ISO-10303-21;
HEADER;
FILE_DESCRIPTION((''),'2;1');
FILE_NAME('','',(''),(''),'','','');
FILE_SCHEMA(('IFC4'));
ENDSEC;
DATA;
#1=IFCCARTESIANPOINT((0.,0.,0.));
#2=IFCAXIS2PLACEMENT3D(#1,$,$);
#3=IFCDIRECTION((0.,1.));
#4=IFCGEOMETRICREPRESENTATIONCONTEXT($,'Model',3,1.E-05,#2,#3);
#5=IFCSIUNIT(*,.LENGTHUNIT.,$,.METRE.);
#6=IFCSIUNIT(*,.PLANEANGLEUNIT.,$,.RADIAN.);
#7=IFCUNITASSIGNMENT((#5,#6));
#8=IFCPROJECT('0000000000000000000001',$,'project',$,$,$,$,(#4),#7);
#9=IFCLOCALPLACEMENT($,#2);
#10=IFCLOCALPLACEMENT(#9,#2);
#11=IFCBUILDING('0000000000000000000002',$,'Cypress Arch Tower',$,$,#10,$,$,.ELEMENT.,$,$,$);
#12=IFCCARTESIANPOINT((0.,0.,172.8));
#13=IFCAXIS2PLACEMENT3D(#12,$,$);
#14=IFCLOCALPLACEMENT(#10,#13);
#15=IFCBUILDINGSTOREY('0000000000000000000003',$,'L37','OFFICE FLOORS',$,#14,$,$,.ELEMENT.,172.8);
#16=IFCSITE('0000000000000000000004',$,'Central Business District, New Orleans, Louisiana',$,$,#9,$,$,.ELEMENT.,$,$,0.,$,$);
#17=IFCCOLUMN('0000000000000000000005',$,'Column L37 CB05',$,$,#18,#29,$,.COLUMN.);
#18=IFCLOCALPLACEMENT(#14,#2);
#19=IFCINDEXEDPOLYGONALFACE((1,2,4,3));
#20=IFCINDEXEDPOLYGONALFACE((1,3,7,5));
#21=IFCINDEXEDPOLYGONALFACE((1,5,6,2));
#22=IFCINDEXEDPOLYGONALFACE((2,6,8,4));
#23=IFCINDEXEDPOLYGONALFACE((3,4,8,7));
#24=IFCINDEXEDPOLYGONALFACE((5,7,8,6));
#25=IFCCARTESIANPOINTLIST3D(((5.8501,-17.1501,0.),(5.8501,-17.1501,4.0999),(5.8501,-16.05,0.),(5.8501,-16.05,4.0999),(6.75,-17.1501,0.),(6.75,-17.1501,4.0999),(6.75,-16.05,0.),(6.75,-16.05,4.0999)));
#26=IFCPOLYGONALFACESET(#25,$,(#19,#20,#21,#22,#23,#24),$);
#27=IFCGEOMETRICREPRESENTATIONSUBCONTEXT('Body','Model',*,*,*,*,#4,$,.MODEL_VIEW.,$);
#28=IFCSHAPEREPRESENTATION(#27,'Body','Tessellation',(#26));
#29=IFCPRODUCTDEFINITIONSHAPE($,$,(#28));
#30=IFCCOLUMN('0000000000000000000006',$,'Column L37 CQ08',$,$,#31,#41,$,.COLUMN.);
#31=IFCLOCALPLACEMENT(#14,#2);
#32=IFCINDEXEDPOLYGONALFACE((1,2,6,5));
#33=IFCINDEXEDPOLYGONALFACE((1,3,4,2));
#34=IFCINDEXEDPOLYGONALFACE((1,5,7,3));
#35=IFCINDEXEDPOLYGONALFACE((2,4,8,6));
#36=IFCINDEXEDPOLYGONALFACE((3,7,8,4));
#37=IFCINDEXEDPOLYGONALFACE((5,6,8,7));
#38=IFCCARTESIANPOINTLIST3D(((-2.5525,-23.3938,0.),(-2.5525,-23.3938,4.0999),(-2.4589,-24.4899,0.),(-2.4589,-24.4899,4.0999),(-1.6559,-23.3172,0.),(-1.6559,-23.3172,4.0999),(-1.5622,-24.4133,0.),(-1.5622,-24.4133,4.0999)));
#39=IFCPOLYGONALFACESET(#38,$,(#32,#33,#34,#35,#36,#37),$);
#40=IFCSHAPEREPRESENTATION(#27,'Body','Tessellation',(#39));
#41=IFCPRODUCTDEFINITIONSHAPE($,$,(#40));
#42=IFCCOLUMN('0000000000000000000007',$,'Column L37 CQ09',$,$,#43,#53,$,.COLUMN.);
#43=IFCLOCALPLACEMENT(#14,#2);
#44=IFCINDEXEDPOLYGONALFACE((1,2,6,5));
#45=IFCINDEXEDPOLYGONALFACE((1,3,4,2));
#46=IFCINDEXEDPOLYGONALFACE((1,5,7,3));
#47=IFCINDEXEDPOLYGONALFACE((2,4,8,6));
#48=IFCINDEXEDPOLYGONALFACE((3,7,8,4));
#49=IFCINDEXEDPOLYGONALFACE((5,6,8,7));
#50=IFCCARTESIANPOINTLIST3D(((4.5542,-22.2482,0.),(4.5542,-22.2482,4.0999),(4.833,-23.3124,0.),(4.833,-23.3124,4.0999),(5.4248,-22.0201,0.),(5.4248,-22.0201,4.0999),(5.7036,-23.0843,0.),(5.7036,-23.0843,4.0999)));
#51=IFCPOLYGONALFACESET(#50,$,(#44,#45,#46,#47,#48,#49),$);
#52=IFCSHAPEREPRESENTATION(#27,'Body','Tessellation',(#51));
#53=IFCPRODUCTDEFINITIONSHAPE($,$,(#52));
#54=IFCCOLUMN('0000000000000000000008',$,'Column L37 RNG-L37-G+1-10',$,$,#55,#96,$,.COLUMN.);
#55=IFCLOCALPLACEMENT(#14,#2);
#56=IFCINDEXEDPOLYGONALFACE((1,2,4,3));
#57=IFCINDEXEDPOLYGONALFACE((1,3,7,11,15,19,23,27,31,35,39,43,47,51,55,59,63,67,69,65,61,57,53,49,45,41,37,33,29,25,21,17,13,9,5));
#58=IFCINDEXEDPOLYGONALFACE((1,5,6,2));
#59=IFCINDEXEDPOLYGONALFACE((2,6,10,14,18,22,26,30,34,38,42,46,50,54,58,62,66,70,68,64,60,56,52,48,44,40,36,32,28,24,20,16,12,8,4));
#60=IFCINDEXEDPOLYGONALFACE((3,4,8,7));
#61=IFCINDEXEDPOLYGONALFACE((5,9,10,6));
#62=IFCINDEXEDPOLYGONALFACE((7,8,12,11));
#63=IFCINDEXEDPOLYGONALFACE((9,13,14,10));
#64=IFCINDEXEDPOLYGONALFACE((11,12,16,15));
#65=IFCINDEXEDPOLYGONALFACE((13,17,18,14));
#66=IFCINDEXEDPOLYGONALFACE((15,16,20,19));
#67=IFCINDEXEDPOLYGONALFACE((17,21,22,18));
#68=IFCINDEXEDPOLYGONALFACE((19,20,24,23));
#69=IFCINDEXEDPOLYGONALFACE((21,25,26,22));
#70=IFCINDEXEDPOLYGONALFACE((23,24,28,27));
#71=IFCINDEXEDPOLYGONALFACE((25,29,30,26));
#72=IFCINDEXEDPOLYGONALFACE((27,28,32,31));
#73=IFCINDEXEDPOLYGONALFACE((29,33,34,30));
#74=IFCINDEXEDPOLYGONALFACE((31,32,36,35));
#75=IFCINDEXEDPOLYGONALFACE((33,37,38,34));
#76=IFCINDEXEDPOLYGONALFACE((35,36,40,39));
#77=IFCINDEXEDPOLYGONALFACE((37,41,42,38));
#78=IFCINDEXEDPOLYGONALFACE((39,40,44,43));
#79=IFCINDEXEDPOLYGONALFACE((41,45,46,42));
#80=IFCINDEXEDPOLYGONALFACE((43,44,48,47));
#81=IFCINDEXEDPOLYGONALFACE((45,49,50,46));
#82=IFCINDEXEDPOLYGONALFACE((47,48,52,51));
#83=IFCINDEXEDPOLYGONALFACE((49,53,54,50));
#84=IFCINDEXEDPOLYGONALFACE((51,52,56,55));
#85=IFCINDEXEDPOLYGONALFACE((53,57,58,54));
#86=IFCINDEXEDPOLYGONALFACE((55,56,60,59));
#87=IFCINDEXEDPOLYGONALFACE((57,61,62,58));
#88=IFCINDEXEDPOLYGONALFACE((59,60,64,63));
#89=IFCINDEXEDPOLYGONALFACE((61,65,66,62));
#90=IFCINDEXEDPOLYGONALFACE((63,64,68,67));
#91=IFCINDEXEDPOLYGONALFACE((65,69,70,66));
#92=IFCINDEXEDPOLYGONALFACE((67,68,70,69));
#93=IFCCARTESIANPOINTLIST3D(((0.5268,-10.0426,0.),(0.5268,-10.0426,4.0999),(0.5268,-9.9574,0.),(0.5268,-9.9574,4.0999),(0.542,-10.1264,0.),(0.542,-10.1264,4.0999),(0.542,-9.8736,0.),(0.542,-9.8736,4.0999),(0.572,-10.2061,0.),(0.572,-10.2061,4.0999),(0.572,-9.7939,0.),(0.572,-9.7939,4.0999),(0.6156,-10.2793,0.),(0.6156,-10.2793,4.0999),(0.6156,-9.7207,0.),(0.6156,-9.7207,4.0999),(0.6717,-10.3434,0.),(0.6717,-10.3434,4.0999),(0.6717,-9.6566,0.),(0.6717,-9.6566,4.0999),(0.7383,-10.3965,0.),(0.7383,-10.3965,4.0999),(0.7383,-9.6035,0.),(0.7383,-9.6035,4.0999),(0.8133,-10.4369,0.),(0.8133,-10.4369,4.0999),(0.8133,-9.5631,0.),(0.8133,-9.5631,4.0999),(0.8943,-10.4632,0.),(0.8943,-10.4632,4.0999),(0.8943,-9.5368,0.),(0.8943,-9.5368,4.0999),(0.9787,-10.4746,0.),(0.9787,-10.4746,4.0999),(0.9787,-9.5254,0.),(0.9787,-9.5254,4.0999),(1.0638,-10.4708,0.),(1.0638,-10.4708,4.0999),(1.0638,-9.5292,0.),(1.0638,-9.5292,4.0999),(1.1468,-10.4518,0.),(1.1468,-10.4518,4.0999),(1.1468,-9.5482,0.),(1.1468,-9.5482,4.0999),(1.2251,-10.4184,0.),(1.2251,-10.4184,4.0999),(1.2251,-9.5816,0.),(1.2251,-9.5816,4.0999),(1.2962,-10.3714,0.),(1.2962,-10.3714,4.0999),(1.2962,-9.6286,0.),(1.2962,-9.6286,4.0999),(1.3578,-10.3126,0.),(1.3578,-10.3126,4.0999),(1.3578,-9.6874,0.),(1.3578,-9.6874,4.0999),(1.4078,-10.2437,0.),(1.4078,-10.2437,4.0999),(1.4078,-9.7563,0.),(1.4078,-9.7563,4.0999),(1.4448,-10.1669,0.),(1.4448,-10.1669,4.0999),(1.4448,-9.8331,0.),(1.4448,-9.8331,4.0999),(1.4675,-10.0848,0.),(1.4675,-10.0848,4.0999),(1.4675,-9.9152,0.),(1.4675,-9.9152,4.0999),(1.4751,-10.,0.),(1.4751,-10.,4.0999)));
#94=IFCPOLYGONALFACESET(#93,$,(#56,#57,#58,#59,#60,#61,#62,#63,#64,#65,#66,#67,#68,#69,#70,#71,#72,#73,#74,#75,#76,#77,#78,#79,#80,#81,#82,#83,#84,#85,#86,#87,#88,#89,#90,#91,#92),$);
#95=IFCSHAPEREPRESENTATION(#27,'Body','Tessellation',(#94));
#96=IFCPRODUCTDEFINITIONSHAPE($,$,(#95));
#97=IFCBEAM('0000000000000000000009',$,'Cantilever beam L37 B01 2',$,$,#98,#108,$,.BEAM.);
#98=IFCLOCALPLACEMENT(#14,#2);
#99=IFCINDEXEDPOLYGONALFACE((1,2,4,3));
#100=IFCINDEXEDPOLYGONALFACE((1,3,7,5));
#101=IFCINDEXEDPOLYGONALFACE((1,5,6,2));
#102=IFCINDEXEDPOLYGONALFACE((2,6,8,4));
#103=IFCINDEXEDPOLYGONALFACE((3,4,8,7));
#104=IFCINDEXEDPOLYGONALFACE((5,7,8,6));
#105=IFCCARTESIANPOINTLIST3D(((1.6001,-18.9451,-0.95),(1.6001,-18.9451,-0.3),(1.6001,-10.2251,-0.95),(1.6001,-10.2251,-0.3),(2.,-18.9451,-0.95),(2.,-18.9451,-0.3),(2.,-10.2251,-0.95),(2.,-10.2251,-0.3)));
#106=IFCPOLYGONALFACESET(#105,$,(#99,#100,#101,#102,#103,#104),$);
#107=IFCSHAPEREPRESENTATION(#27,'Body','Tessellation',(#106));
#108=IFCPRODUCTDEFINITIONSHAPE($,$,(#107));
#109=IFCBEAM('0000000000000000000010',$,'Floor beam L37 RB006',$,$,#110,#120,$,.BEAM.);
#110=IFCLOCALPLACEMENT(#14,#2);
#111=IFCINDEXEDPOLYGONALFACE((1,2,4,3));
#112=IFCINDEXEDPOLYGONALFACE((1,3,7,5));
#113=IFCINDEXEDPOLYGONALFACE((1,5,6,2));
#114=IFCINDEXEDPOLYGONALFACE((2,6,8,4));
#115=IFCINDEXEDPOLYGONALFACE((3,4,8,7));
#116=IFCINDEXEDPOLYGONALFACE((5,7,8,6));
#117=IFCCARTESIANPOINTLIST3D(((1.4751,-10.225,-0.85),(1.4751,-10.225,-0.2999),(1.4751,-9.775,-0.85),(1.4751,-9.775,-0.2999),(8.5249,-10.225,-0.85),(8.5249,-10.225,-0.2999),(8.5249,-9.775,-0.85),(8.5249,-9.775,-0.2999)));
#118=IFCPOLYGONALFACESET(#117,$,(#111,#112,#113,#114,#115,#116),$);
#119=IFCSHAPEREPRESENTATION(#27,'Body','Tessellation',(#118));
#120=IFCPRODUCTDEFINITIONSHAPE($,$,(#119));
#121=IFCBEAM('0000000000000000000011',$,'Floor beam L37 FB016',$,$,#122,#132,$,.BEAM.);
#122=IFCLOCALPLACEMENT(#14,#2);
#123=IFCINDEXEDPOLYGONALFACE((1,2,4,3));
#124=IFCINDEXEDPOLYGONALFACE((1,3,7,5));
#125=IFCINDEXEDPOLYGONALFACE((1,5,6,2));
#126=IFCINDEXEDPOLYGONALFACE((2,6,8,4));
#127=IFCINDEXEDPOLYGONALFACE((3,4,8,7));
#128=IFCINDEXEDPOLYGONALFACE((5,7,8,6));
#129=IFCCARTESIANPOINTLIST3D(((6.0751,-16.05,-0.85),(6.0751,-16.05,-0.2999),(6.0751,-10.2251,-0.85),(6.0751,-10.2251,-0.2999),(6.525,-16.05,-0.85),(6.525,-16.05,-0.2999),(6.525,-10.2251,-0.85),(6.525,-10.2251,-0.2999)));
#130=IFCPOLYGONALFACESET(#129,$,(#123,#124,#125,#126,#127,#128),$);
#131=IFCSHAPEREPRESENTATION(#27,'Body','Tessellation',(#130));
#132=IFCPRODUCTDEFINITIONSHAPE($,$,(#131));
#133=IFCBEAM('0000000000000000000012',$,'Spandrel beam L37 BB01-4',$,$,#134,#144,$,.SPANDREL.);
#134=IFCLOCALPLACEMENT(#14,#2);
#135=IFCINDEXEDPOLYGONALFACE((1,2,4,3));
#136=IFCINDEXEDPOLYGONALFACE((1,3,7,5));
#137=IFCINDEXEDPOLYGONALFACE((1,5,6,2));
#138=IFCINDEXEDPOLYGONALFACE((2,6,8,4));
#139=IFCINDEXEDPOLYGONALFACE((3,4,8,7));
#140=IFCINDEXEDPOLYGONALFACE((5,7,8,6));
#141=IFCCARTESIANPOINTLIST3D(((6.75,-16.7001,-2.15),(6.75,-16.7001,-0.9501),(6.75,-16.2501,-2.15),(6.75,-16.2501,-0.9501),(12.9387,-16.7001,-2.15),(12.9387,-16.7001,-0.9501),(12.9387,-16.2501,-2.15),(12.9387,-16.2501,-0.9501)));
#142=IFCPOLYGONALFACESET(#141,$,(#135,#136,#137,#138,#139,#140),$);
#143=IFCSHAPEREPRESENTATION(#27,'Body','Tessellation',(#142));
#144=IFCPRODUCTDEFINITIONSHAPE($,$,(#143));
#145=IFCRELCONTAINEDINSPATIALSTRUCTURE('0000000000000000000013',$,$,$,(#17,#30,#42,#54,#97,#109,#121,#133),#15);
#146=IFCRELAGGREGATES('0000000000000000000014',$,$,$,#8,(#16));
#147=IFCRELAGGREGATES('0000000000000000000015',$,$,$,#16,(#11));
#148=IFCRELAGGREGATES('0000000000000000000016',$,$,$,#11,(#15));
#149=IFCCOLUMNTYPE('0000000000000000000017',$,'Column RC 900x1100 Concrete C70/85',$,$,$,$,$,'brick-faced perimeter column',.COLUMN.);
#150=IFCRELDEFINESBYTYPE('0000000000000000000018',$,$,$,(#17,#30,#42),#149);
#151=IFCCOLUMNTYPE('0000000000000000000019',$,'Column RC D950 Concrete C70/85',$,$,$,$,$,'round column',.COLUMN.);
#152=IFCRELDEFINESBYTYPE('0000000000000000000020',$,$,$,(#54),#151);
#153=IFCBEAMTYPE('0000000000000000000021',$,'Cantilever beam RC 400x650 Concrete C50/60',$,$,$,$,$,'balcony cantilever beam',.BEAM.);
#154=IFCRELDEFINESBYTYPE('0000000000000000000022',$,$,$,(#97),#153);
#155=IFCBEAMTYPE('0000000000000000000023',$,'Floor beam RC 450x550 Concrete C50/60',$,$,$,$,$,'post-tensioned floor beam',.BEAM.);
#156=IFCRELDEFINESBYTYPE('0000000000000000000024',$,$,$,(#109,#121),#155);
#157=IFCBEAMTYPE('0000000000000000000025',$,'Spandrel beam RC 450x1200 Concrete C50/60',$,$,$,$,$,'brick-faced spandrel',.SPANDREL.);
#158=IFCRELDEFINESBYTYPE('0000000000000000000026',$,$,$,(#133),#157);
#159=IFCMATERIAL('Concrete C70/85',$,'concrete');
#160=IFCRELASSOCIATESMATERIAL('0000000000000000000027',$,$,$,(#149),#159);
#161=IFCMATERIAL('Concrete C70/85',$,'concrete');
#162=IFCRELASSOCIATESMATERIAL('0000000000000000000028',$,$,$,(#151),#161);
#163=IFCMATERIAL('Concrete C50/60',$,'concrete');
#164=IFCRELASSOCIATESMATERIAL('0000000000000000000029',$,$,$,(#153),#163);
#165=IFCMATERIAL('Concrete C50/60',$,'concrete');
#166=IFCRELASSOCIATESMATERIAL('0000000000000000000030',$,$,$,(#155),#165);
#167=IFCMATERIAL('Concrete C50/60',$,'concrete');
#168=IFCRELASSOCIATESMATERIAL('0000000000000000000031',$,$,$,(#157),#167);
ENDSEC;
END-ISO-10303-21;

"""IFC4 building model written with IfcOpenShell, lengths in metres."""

from ifc_helpers import new_model, si_unit, direction, frame, origin, origin_2d, place, context, subcontext, project, spatial, rectangle, circle, extrude, material, material_profile, profile_set, type_object, element, save


model = new_model("IFC4")

# Units and contexts
model_context = context("Model", 3, precision=1e-05, world=origin(), true_north=direction((0.0, 1.0)))
body_context = subcontext(model_context, "Body", "Model", "MODEL_VIEW")
ifc_project = project(units=[si_unit("LENGTHUNIT", "METRE"), si_unit("PLANEANGLEUNIT", "RADIAN")], contexts=[model_context])

# Site, building, storey
site_placement = place(None, origin())
site = spatial("IfcSite", under=ifc_project, at=site_placement, Name="Central Business District, New Orleans, Louisiana", CompositionType="ELEMENT", RefElevation=0.0)
building_placement = place(site_placement, origin())
building = spatial("IfcBuilding", under=site, at=building_placement, Name="Cypress Arch Tower", CompositionType="ELEMENT")
storey_placement = place(building_placement, frame((0.0, 0.0, 172.8)))
storey = spatial("IfcBuildingStorey", under=building, at=storey_placement, Name="L37", Description="OFFICE FLOORS", CompositionType="ELEMENT", Elevation=172.8)

# Columns
ifc_material_1 = material(Name="Concrete C70/85", Category="concrete")
ifc_material_profile_1 = material_profile(ifc_material_1, rectangle(XDim=0.8999, YDim=1.1001, at=origin_2d()), Name="RC 900x1100")
ifc_profile_set_1 = profile_set([ifc_material_profile_1], Name="Concrete C70/85")
column_type_1 = type_object("IfcColumnType", Name="Column RC 900x1100 Concrete C70/85", ElementType="brick-faced perimeter column", PredefinedType="COLUMN", material=ifc_profile_set_1)
for number, where, z_axis, x_axis, name in (
    (1, (6.3, -16.6001, 0.0), (0.0, 0.0, 1.0), (1.0, 0.0, 0.0), "Column L37 CB05"),
    (2, (-2.0574, -23.9036, 0.0), (0.0, 0.0, 1.0), (0.996368, 0.085149, 0.0), "Column L37 CQ08"),
    (3, (5.1289, -22.6663, 0.0), (0.0, 0.0, 1.0), (0.967356, 0.253422, 0.0), "Column L37 CQ09"),
):
    element("IfcColumn", number, at=place(storey_placement, frame(where, z_axis=z_axis, x_axis=x_axis)), inside=storey, type_object=column_type_1, Name=name, PredefinedType="COLUMN", context=body_context, shape_type="SweptSolid", body=[
        extrude(rectangle(XDim=0.8999, YDim=1.1001, at=origin_2d()), origin(), (0.0, 0.0, 1.0), 4.0999),
    ])
ifc_material_2 = material(Name="Concrete C70/85", Category="concrete")
ifc_material_profile_2 = material_profile(ifc_material_2, circle(Radius=0.4751, at=origin_2d()), Name="RC D950")
ifc_profile_set_2 = profile_set([ifc_material_profile_2], Name="Concrete C70/85")
column_type_2 = type_object("IfcColumnType", Name="Column RC D950 Concrete C70/85", ElementType="round column", PredefinedType="COLUMN", material=ifc_profile_set_2)
column_placement = place(storey_placement, frame((1.0, -10.0, 0.0), z_axis=(0.0, 0.0, 1.0), x_axis=(1.0, 0.0, 0.0)))
element("IfcColumn", 4, at=column_placement, inside=storey, type_object=column_type_2, Name="Column L37 RNG-L37-G+1-10", PredefinedType="COLUMN", context=body_context, shape_type="SweptSolid", body=[
    extrude(circle(Radius=0.4751, at=origin_2d()), origin(), (0.0, 0.0, 1.0), 4.0999),
])

# Beams
ifc_material_3 = material(Name="Concrete C50/60", Category="concrete")
ifc_material_profile_3 = material_profile(ifc_material_3, rectangle(XDim=0.3999, YDim=0.6499, at=origin_2d()), Name="RC 400x650")
ifc_profile_set_3 = profile_set([ifc_material_profile_3], Name="Concrete C50/60")
beam_type_1 = type_object("IfcBeamType", Name="Cantilever beam RC 400x650 Concrete C50/60", ElementType="balcony cantilever beam", PredefinedType="BEAM", material=ifc_profile_set_3)
beam_1_placement = place(storey_placement, frame((1.8, -10.2251, -0.625), z_axis=(0.0, -1.0, 0.0), x_axis=(1.0, 0.0, 0.0)))
element("IfcBeam", 5, at=beam_1_placement, inside=storey, type_object=beam_type_1, Name="Cantilever beam L37 B01 2", PredefinedType="BEAM", context=body_context, shape_type="SweptSolid", body=[
    extrude(rectangle(XDim=0.3999, YDim=0.6499, at=origin_2d()), origin(), (0.0, 0.0, 1.0), 8.72),
])
ifc_material_4 = material(Name="Concrete C50/60", Category="concrete")
ifc_material_profile_4 = material_profile(ifc_material_4, rectangle(XDim=0.45, YDim=0.55, at=origin_2d()), Name="RC 450x550")
ifc_profile_set_4 = profile_set([ifc_material_profile_4], Name="Concrete C50/60")
beam_type_2 = type_object("IfcBeamType", Name="Floor beam RC 450x550 Concrete C50/60", ElementType="post-tensioned floor beam", PredefinedType="BEAM", material=ifc_profile_set_4)
beam_2_placement = place(storey_placement, frame((1.4751, -10.0, -0.575), z_axis=(1.0, 0.0, 0.0), x_axis=(0.0, 1.0, 0.0)))
element("IfcBeam", 6, at=beam_2_placement, inside=storey, type_object=beam_type_2, Name="Floor beam L37 RB006", PredefinedType="BEAM", context=body_context, shape_type="SweptSolid", body=[
    extrude(rectangle(XDim=0.45, YDim=0.55, at=origin_2d()), origin(), (0.0, 0.0, 1.0), 7.0498),
])
beam_3_placement = place(storey_placement, frame((6.3, -16.05, -0.575), z_axis=(0.0, 1.0, 0.0), x_axis=(-1.0, 0.0, 0.0)))
element("IfcBeam", 7, at=beam_3_placement, inside=storey, type_object=beam_type_2, Name="Floor beam L37 FB016", PredefinedType="BEAM", context=body_context, shape_type="SweptSolid", body=[
    extrude(rectangle(XDim=0.45, YDim=0.55, at=origin_2d()), origin(), (0.0, 0.0, 1.0), 5.825),
])
ifc_material_5 = material(Name="Concrete C50/60", Category="concrete")
ifc_material_profile_5 = material_profile(ifc_material_5, rectangle(XDim=0.45, YDim=1.2, at=origin_2d()), Name="RC 450x1200")
ifc_profile_set_5 = profile_set([ifc_material_profile_5], Name="Concrete C50/60")
beam_type_3 = type_object("IfcBeamType", Name="Spandrel beam RC 450x1200 Concrete C50/60", ElementType="brick-faced spandrel", PredefinedType="SPANDREL", material=ifc_profile_set_5)
beam_4_placement = place(storey_placement, frame((6.75, -16.4751, -1.55), z_axis=(1.0, 0.0, 0.0), x_axis=(0.0, 1.0, 0.0)))
element("IfcBeam", 8, at=beam_4_placement, inside=storey, type_object=beam_type_3, Name="Spandrel beam L37 BB01-4", PredefinedType="SPANDREL", context=body_context, shape_type="SweptSolid", body=[
    extrude(rectangle(XDim=0.45, YDim=1.2, at=origin_2d()), origin(), (0.0, 0.0, 1.0), 6.1887),
])

save(model, "model.ifc")
